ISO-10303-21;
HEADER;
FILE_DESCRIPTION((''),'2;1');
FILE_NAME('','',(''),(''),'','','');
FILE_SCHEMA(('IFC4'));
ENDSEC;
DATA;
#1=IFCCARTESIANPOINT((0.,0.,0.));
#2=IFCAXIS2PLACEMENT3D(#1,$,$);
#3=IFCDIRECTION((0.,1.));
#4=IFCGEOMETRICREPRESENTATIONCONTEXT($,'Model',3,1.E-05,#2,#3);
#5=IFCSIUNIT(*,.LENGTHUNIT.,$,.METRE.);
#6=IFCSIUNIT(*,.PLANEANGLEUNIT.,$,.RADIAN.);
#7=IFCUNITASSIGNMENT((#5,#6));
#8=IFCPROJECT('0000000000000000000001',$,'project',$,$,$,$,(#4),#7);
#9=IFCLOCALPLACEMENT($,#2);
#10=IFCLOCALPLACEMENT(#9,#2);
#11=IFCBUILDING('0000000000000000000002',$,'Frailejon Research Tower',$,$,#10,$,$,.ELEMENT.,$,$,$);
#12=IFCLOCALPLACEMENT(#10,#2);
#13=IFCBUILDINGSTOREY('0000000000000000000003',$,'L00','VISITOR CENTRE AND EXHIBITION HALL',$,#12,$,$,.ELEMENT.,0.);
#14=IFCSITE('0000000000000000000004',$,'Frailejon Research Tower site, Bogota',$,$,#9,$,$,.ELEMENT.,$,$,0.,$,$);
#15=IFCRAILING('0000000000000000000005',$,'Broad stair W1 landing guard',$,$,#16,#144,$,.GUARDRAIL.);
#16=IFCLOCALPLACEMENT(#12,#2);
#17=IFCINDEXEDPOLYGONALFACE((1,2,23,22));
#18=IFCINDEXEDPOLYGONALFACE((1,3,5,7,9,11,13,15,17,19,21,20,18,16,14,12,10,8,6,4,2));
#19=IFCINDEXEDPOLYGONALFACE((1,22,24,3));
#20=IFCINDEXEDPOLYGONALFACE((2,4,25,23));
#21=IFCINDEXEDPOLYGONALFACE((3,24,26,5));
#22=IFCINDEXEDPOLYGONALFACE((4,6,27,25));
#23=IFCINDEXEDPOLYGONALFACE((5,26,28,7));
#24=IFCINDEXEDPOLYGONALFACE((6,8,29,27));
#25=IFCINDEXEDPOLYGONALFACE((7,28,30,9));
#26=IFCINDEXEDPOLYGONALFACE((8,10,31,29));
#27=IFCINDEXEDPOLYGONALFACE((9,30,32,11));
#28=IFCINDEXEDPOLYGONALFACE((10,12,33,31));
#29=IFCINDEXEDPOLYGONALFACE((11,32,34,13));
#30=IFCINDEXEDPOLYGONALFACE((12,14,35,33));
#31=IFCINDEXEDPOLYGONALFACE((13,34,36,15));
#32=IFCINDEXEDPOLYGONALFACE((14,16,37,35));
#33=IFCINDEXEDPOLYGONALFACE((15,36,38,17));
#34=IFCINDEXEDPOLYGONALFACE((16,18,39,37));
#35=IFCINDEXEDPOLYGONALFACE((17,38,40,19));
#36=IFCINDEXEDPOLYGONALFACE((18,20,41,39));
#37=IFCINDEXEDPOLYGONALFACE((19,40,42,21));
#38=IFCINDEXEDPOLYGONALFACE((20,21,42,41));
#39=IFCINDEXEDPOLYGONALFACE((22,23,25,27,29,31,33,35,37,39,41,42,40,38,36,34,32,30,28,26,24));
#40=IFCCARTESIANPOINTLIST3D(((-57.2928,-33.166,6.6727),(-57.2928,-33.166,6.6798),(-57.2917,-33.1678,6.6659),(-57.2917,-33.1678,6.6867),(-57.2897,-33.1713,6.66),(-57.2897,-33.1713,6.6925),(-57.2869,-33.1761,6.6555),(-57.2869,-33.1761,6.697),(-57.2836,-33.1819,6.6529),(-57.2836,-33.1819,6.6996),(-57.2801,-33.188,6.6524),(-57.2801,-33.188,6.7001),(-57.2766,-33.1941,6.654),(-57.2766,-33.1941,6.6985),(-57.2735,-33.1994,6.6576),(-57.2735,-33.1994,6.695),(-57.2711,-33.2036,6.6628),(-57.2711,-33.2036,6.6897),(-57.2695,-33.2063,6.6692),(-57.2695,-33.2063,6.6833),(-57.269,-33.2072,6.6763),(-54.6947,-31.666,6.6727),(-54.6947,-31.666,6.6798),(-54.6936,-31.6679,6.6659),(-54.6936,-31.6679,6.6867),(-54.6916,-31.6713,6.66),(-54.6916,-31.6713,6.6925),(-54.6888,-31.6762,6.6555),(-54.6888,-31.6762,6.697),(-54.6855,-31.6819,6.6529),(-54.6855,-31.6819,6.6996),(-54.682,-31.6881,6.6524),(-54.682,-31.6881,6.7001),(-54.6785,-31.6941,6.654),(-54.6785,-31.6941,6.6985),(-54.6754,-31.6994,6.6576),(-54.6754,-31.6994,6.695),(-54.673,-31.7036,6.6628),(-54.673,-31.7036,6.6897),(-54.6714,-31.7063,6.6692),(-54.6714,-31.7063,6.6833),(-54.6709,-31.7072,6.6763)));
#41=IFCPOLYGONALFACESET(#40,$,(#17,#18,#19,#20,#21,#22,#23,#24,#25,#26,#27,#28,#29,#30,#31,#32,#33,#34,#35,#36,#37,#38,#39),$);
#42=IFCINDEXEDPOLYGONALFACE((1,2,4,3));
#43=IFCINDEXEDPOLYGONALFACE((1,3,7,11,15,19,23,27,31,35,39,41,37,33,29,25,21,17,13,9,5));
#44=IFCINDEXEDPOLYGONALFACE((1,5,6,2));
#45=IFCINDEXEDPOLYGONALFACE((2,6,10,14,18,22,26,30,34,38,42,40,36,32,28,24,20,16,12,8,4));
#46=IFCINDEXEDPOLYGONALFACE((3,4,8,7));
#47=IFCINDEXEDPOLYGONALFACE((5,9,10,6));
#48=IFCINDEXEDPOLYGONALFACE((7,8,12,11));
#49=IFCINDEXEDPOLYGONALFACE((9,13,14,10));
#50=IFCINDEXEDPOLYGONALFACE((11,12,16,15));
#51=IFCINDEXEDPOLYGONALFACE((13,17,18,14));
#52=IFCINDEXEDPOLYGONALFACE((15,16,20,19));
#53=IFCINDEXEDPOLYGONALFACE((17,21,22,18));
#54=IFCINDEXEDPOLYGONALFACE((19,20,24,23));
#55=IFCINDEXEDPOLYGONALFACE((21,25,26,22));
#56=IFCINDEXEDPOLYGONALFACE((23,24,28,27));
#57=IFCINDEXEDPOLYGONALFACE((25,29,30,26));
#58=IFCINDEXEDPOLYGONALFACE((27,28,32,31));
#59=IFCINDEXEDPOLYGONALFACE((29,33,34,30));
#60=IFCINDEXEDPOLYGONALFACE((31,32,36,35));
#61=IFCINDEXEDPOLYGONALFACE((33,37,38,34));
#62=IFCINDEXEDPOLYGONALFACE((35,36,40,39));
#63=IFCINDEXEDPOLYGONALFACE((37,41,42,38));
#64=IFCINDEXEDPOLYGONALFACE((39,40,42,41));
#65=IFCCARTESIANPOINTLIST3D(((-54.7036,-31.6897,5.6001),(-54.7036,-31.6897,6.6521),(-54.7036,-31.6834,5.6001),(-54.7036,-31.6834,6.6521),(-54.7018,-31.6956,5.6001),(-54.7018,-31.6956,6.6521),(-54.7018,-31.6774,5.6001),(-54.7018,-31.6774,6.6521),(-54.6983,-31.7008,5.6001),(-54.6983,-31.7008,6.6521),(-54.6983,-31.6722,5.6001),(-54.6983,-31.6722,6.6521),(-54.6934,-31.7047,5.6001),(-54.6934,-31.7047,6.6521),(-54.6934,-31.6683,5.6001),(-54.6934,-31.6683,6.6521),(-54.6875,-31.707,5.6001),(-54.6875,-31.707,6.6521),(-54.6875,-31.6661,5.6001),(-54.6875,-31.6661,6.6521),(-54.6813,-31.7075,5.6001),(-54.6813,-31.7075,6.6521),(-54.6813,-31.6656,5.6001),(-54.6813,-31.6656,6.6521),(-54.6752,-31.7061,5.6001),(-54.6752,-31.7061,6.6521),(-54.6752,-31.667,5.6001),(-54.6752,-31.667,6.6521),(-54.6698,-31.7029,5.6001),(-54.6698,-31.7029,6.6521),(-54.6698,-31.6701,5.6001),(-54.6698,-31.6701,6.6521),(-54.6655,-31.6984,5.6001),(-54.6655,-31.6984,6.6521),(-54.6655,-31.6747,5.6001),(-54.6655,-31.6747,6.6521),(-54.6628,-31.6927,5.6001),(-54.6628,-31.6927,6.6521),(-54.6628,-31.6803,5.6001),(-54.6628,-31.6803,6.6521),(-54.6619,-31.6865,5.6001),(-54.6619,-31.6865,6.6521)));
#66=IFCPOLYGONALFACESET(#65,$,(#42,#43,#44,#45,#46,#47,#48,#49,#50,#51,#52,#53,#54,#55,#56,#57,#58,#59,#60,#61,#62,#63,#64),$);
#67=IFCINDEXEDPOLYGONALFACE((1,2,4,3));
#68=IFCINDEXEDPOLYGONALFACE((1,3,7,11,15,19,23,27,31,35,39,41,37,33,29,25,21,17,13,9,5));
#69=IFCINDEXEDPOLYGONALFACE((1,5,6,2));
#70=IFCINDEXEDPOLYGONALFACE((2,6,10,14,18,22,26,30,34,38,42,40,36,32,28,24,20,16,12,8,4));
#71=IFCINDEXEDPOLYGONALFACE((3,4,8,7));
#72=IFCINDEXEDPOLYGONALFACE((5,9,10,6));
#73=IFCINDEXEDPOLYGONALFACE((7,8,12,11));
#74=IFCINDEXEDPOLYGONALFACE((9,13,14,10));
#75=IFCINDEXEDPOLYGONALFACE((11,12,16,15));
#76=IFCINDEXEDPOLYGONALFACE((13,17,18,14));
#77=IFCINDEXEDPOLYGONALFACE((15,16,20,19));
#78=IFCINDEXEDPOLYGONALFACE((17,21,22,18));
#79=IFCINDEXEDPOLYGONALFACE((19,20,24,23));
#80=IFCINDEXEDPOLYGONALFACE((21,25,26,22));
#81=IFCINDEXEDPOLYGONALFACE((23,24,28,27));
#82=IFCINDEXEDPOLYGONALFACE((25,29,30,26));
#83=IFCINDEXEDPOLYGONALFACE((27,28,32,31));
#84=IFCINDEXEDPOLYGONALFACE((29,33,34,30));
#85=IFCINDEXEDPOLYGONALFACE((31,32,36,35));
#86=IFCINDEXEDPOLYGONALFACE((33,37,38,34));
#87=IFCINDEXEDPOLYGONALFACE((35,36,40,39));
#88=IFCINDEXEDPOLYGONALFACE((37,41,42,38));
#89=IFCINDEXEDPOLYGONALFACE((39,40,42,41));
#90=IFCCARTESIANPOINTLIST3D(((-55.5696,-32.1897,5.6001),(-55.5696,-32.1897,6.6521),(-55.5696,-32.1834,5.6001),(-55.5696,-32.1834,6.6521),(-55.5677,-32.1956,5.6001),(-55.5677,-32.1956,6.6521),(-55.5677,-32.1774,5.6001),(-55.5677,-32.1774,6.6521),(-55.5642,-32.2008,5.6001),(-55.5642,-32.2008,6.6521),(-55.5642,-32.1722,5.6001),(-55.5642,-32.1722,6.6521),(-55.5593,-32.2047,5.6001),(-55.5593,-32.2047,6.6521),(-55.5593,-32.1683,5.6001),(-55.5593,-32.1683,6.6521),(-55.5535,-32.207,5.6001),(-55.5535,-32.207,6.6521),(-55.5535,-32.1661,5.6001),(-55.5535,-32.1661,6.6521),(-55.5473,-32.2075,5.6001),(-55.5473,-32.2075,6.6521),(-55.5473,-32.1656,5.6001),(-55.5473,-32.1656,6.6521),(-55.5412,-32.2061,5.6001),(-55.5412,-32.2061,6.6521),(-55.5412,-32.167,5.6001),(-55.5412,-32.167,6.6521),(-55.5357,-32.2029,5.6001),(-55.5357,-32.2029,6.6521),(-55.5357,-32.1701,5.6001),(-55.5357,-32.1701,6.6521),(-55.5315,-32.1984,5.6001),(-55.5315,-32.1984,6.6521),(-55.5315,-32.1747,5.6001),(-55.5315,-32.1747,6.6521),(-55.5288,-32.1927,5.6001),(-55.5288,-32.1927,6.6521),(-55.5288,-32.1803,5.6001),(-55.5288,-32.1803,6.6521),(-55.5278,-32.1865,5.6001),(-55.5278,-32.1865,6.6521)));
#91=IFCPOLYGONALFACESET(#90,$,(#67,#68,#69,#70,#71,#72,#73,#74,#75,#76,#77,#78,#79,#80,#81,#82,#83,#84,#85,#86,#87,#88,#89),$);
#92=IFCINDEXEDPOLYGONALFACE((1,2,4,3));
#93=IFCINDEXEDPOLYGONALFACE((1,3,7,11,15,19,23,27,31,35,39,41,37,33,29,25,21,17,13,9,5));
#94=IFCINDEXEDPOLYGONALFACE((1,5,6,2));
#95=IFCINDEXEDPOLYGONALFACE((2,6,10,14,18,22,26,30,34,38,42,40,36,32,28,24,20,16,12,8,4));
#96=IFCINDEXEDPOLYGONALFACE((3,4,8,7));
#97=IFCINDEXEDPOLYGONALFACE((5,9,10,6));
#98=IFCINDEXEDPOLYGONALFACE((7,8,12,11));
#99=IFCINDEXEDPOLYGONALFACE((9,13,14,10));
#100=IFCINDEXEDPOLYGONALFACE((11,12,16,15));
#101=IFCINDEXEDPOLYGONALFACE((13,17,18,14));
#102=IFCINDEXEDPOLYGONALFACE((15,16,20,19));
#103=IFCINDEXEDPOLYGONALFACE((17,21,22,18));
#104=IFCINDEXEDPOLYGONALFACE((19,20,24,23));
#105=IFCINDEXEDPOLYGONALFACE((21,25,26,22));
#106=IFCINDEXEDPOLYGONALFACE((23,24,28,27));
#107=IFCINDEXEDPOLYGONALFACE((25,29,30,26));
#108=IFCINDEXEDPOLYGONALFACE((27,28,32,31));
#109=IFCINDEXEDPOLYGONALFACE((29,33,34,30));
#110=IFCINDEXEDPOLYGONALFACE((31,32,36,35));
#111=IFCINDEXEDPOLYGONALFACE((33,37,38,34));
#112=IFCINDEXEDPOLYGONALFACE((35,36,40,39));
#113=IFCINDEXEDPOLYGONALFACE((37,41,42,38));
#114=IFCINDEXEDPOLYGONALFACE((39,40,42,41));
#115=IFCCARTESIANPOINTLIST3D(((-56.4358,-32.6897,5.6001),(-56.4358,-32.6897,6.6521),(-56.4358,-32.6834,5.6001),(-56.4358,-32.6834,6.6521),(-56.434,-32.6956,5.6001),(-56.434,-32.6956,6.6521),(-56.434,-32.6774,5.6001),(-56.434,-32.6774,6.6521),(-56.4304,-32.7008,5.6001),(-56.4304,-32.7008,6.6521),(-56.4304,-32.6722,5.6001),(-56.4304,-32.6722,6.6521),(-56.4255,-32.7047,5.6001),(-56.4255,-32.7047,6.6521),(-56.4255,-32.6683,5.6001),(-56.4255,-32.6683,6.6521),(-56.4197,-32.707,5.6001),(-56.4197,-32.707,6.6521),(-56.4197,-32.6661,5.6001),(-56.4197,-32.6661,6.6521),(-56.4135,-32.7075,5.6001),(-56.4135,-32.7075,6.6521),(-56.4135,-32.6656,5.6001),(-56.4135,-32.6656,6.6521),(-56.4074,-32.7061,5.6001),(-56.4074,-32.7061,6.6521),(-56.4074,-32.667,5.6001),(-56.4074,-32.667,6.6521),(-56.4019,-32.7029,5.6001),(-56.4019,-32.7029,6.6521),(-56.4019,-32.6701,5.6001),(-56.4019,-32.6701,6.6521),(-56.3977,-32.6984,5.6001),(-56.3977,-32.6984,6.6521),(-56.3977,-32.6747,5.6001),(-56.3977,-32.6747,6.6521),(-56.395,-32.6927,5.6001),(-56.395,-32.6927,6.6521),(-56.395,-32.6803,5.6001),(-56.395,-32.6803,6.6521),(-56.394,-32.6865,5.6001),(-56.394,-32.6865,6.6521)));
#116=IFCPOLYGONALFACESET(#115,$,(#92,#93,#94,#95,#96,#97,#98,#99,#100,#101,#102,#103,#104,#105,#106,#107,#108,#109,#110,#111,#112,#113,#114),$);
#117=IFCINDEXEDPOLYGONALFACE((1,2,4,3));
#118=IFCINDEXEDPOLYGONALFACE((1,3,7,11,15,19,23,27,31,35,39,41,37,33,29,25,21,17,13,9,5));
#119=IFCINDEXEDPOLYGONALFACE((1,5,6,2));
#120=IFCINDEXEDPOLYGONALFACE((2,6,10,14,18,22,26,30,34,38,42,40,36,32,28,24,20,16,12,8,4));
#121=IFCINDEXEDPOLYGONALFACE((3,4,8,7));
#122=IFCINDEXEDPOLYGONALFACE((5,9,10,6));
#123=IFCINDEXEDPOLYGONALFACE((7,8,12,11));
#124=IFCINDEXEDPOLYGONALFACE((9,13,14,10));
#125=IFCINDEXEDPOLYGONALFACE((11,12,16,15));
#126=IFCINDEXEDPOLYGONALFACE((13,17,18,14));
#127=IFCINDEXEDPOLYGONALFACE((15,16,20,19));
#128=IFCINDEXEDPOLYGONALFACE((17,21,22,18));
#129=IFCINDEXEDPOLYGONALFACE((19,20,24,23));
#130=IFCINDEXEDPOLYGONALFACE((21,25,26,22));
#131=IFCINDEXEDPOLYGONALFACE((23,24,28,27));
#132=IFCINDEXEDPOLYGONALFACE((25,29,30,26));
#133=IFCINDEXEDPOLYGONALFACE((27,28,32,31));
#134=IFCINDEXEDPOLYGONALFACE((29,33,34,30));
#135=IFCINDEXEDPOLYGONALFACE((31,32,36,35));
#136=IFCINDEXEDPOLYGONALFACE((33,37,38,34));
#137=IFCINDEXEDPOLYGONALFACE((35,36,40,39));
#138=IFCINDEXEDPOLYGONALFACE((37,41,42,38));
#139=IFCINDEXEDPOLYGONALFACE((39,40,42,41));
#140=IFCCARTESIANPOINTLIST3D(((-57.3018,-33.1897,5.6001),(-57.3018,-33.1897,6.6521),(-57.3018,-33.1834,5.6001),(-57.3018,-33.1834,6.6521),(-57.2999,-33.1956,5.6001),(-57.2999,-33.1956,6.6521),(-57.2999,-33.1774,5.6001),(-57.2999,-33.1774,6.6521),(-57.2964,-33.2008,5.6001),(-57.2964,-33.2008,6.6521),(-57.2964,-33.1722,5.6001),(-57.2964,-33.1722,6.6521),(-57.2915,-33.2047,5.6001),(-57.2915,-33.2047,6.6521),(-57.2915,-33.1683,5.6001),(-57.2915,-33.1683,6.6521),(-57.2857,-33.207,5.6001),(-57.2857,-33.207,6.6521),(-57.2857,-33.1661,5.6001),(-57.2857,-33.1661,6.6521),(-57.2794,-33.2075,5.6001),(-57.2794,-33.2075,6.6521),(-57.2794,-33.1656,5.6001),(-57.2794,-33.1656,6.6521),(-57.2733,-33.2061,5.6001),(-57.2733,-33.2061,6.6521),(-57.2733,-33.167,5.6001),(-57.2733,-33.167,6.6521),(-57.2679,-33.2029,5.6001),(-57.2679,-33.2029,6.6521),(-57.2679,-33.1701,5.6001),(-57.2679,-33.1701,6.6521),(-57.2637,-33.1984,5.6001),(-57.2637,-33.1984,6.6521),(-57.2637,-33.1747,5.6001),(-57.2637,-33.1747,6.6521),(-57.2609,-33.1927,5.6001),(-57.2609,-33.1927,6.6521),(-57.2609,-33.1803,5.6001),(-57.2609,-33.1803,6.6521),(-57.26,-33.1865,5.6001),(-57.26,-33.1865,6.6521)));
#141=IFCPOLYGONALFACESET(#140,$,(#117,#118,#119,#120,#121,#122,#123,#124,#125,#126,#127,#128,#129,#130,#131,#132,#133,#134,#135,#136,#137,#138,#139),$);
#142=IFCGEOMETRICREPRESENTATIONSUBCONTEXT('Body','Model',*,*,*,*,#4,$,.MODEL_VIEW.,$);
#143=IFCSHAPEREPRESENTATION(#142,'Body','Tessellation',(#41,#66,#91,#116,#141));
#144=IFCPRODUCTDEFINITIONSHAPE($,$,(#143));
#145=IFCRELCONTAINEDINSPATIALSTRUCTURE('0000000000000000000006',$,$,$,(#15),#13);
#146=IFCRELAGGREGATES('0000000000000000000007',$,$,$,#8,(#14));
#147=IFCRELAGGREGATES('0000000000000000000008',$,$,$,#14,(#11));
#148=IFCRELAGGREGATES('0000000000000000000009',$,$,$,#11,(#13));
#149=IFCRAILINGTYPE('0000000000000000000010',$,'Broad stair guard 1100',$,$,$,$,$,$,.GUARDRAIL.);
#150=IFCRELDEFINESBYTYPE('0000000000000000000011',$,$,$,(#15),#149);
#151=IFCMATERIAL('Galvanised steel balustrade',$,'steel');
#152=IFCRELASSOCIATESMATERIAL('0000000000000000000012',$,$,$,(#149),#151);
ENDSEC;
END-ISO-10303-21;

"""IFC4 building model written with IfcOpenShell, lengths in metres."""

from ifc_helpers import new_model, si_unit, direction, frame, origin, origin_2d, place, context, subcontext, project, spatial, circle, extrude, material, type_object, element, save


model = new_model("IFC4")

# Units and contexts
model_context = context("Model", 3, precision=1e-05, world=origin(), true_north=direction((0.0, 1.0)))
body_context = subcontext(model_context, "Body", "Model", "MODEL_VIEW")
ifc_project = project(units=[si_unit("LENGTHUNIT", "METRE"), si_unit("PLANEANGLEUNIT", "RADIAN")], contexts=[model_context])

# Site, building, storey
site_placement = place(None, origin())
site = spatial("IfcSite", under=ifc_project, at=site_placement, Name="Frailejon Research Tower site, Bogota", CompositionType="ELEMENT", RefElevation=0.0)
building_placement = place(site_placement, origin())
building = spatial("IfcBuilding", under=site, at=building_placement, Name="Frailejon Research Tower", CompositionType="ELEMENT")
storey_placement = place(building_placement, origin())
storey = spatial("IfcBuildingStorey", under=building, at=storey_placement, Name="L00", Description="VISITOR CENTRE AND EXHIBITION HALL", CompositionType="ELEMENT", Elevation=0.0)

# Railing
ifc_material_1 = material(Name="Galvanised steel balustrade", Category="steel")
railing_type_1 = type_object("IfcRailingType", Name="Broad stair guard 1100", PredefinedType="GUARDRAIL", material=ifc_material_1)
railing_1_placement = place(storey_placement, frame((-54.6829, -31.6865, 5.6001)))
element("IfcRailing", 1, at=railing_1_placement, inside=storey, type_object=railing_type_1, Name="Broad stair W1 landing guard", PredefinedType="GUARDRAIL", context=body_context, shape_type="SweptSolid", body=[
    extrude(circle(Radius=0.0239, at=origin_2d()), frame((0.0, 0.0, 1.0762), z_axis=(-0.866031, -0.49999, 0.0), x_axis=(0.49999, -0.866031, 0.0)), (0.0, 0.0, 1.0), 3.0),
    extrude(circle(Radius=0.021, at=origin_2d()), origin(), (0.0, 0.0, 1.0), 1.052),
    extrude(circle(Radius=0.021, at=origin_2d()), frame((-0.866, -0.5, 0.0)), (0.0, 0.0, 1.0), 1.052),
    extrude(circle(Radius=0.021, at=origin_2d()), frame((-1.7322, -1.0, 0.0)), (0.0, 0.0, 1.0), 1.052),
    extrude(circle(Radius=0.021, at=origin_2d()), frame((-2.5981, -1.5, 0.0)), (0.0, 0.0, 1.0), 1.052),
])

save(model, "model.ifc")
